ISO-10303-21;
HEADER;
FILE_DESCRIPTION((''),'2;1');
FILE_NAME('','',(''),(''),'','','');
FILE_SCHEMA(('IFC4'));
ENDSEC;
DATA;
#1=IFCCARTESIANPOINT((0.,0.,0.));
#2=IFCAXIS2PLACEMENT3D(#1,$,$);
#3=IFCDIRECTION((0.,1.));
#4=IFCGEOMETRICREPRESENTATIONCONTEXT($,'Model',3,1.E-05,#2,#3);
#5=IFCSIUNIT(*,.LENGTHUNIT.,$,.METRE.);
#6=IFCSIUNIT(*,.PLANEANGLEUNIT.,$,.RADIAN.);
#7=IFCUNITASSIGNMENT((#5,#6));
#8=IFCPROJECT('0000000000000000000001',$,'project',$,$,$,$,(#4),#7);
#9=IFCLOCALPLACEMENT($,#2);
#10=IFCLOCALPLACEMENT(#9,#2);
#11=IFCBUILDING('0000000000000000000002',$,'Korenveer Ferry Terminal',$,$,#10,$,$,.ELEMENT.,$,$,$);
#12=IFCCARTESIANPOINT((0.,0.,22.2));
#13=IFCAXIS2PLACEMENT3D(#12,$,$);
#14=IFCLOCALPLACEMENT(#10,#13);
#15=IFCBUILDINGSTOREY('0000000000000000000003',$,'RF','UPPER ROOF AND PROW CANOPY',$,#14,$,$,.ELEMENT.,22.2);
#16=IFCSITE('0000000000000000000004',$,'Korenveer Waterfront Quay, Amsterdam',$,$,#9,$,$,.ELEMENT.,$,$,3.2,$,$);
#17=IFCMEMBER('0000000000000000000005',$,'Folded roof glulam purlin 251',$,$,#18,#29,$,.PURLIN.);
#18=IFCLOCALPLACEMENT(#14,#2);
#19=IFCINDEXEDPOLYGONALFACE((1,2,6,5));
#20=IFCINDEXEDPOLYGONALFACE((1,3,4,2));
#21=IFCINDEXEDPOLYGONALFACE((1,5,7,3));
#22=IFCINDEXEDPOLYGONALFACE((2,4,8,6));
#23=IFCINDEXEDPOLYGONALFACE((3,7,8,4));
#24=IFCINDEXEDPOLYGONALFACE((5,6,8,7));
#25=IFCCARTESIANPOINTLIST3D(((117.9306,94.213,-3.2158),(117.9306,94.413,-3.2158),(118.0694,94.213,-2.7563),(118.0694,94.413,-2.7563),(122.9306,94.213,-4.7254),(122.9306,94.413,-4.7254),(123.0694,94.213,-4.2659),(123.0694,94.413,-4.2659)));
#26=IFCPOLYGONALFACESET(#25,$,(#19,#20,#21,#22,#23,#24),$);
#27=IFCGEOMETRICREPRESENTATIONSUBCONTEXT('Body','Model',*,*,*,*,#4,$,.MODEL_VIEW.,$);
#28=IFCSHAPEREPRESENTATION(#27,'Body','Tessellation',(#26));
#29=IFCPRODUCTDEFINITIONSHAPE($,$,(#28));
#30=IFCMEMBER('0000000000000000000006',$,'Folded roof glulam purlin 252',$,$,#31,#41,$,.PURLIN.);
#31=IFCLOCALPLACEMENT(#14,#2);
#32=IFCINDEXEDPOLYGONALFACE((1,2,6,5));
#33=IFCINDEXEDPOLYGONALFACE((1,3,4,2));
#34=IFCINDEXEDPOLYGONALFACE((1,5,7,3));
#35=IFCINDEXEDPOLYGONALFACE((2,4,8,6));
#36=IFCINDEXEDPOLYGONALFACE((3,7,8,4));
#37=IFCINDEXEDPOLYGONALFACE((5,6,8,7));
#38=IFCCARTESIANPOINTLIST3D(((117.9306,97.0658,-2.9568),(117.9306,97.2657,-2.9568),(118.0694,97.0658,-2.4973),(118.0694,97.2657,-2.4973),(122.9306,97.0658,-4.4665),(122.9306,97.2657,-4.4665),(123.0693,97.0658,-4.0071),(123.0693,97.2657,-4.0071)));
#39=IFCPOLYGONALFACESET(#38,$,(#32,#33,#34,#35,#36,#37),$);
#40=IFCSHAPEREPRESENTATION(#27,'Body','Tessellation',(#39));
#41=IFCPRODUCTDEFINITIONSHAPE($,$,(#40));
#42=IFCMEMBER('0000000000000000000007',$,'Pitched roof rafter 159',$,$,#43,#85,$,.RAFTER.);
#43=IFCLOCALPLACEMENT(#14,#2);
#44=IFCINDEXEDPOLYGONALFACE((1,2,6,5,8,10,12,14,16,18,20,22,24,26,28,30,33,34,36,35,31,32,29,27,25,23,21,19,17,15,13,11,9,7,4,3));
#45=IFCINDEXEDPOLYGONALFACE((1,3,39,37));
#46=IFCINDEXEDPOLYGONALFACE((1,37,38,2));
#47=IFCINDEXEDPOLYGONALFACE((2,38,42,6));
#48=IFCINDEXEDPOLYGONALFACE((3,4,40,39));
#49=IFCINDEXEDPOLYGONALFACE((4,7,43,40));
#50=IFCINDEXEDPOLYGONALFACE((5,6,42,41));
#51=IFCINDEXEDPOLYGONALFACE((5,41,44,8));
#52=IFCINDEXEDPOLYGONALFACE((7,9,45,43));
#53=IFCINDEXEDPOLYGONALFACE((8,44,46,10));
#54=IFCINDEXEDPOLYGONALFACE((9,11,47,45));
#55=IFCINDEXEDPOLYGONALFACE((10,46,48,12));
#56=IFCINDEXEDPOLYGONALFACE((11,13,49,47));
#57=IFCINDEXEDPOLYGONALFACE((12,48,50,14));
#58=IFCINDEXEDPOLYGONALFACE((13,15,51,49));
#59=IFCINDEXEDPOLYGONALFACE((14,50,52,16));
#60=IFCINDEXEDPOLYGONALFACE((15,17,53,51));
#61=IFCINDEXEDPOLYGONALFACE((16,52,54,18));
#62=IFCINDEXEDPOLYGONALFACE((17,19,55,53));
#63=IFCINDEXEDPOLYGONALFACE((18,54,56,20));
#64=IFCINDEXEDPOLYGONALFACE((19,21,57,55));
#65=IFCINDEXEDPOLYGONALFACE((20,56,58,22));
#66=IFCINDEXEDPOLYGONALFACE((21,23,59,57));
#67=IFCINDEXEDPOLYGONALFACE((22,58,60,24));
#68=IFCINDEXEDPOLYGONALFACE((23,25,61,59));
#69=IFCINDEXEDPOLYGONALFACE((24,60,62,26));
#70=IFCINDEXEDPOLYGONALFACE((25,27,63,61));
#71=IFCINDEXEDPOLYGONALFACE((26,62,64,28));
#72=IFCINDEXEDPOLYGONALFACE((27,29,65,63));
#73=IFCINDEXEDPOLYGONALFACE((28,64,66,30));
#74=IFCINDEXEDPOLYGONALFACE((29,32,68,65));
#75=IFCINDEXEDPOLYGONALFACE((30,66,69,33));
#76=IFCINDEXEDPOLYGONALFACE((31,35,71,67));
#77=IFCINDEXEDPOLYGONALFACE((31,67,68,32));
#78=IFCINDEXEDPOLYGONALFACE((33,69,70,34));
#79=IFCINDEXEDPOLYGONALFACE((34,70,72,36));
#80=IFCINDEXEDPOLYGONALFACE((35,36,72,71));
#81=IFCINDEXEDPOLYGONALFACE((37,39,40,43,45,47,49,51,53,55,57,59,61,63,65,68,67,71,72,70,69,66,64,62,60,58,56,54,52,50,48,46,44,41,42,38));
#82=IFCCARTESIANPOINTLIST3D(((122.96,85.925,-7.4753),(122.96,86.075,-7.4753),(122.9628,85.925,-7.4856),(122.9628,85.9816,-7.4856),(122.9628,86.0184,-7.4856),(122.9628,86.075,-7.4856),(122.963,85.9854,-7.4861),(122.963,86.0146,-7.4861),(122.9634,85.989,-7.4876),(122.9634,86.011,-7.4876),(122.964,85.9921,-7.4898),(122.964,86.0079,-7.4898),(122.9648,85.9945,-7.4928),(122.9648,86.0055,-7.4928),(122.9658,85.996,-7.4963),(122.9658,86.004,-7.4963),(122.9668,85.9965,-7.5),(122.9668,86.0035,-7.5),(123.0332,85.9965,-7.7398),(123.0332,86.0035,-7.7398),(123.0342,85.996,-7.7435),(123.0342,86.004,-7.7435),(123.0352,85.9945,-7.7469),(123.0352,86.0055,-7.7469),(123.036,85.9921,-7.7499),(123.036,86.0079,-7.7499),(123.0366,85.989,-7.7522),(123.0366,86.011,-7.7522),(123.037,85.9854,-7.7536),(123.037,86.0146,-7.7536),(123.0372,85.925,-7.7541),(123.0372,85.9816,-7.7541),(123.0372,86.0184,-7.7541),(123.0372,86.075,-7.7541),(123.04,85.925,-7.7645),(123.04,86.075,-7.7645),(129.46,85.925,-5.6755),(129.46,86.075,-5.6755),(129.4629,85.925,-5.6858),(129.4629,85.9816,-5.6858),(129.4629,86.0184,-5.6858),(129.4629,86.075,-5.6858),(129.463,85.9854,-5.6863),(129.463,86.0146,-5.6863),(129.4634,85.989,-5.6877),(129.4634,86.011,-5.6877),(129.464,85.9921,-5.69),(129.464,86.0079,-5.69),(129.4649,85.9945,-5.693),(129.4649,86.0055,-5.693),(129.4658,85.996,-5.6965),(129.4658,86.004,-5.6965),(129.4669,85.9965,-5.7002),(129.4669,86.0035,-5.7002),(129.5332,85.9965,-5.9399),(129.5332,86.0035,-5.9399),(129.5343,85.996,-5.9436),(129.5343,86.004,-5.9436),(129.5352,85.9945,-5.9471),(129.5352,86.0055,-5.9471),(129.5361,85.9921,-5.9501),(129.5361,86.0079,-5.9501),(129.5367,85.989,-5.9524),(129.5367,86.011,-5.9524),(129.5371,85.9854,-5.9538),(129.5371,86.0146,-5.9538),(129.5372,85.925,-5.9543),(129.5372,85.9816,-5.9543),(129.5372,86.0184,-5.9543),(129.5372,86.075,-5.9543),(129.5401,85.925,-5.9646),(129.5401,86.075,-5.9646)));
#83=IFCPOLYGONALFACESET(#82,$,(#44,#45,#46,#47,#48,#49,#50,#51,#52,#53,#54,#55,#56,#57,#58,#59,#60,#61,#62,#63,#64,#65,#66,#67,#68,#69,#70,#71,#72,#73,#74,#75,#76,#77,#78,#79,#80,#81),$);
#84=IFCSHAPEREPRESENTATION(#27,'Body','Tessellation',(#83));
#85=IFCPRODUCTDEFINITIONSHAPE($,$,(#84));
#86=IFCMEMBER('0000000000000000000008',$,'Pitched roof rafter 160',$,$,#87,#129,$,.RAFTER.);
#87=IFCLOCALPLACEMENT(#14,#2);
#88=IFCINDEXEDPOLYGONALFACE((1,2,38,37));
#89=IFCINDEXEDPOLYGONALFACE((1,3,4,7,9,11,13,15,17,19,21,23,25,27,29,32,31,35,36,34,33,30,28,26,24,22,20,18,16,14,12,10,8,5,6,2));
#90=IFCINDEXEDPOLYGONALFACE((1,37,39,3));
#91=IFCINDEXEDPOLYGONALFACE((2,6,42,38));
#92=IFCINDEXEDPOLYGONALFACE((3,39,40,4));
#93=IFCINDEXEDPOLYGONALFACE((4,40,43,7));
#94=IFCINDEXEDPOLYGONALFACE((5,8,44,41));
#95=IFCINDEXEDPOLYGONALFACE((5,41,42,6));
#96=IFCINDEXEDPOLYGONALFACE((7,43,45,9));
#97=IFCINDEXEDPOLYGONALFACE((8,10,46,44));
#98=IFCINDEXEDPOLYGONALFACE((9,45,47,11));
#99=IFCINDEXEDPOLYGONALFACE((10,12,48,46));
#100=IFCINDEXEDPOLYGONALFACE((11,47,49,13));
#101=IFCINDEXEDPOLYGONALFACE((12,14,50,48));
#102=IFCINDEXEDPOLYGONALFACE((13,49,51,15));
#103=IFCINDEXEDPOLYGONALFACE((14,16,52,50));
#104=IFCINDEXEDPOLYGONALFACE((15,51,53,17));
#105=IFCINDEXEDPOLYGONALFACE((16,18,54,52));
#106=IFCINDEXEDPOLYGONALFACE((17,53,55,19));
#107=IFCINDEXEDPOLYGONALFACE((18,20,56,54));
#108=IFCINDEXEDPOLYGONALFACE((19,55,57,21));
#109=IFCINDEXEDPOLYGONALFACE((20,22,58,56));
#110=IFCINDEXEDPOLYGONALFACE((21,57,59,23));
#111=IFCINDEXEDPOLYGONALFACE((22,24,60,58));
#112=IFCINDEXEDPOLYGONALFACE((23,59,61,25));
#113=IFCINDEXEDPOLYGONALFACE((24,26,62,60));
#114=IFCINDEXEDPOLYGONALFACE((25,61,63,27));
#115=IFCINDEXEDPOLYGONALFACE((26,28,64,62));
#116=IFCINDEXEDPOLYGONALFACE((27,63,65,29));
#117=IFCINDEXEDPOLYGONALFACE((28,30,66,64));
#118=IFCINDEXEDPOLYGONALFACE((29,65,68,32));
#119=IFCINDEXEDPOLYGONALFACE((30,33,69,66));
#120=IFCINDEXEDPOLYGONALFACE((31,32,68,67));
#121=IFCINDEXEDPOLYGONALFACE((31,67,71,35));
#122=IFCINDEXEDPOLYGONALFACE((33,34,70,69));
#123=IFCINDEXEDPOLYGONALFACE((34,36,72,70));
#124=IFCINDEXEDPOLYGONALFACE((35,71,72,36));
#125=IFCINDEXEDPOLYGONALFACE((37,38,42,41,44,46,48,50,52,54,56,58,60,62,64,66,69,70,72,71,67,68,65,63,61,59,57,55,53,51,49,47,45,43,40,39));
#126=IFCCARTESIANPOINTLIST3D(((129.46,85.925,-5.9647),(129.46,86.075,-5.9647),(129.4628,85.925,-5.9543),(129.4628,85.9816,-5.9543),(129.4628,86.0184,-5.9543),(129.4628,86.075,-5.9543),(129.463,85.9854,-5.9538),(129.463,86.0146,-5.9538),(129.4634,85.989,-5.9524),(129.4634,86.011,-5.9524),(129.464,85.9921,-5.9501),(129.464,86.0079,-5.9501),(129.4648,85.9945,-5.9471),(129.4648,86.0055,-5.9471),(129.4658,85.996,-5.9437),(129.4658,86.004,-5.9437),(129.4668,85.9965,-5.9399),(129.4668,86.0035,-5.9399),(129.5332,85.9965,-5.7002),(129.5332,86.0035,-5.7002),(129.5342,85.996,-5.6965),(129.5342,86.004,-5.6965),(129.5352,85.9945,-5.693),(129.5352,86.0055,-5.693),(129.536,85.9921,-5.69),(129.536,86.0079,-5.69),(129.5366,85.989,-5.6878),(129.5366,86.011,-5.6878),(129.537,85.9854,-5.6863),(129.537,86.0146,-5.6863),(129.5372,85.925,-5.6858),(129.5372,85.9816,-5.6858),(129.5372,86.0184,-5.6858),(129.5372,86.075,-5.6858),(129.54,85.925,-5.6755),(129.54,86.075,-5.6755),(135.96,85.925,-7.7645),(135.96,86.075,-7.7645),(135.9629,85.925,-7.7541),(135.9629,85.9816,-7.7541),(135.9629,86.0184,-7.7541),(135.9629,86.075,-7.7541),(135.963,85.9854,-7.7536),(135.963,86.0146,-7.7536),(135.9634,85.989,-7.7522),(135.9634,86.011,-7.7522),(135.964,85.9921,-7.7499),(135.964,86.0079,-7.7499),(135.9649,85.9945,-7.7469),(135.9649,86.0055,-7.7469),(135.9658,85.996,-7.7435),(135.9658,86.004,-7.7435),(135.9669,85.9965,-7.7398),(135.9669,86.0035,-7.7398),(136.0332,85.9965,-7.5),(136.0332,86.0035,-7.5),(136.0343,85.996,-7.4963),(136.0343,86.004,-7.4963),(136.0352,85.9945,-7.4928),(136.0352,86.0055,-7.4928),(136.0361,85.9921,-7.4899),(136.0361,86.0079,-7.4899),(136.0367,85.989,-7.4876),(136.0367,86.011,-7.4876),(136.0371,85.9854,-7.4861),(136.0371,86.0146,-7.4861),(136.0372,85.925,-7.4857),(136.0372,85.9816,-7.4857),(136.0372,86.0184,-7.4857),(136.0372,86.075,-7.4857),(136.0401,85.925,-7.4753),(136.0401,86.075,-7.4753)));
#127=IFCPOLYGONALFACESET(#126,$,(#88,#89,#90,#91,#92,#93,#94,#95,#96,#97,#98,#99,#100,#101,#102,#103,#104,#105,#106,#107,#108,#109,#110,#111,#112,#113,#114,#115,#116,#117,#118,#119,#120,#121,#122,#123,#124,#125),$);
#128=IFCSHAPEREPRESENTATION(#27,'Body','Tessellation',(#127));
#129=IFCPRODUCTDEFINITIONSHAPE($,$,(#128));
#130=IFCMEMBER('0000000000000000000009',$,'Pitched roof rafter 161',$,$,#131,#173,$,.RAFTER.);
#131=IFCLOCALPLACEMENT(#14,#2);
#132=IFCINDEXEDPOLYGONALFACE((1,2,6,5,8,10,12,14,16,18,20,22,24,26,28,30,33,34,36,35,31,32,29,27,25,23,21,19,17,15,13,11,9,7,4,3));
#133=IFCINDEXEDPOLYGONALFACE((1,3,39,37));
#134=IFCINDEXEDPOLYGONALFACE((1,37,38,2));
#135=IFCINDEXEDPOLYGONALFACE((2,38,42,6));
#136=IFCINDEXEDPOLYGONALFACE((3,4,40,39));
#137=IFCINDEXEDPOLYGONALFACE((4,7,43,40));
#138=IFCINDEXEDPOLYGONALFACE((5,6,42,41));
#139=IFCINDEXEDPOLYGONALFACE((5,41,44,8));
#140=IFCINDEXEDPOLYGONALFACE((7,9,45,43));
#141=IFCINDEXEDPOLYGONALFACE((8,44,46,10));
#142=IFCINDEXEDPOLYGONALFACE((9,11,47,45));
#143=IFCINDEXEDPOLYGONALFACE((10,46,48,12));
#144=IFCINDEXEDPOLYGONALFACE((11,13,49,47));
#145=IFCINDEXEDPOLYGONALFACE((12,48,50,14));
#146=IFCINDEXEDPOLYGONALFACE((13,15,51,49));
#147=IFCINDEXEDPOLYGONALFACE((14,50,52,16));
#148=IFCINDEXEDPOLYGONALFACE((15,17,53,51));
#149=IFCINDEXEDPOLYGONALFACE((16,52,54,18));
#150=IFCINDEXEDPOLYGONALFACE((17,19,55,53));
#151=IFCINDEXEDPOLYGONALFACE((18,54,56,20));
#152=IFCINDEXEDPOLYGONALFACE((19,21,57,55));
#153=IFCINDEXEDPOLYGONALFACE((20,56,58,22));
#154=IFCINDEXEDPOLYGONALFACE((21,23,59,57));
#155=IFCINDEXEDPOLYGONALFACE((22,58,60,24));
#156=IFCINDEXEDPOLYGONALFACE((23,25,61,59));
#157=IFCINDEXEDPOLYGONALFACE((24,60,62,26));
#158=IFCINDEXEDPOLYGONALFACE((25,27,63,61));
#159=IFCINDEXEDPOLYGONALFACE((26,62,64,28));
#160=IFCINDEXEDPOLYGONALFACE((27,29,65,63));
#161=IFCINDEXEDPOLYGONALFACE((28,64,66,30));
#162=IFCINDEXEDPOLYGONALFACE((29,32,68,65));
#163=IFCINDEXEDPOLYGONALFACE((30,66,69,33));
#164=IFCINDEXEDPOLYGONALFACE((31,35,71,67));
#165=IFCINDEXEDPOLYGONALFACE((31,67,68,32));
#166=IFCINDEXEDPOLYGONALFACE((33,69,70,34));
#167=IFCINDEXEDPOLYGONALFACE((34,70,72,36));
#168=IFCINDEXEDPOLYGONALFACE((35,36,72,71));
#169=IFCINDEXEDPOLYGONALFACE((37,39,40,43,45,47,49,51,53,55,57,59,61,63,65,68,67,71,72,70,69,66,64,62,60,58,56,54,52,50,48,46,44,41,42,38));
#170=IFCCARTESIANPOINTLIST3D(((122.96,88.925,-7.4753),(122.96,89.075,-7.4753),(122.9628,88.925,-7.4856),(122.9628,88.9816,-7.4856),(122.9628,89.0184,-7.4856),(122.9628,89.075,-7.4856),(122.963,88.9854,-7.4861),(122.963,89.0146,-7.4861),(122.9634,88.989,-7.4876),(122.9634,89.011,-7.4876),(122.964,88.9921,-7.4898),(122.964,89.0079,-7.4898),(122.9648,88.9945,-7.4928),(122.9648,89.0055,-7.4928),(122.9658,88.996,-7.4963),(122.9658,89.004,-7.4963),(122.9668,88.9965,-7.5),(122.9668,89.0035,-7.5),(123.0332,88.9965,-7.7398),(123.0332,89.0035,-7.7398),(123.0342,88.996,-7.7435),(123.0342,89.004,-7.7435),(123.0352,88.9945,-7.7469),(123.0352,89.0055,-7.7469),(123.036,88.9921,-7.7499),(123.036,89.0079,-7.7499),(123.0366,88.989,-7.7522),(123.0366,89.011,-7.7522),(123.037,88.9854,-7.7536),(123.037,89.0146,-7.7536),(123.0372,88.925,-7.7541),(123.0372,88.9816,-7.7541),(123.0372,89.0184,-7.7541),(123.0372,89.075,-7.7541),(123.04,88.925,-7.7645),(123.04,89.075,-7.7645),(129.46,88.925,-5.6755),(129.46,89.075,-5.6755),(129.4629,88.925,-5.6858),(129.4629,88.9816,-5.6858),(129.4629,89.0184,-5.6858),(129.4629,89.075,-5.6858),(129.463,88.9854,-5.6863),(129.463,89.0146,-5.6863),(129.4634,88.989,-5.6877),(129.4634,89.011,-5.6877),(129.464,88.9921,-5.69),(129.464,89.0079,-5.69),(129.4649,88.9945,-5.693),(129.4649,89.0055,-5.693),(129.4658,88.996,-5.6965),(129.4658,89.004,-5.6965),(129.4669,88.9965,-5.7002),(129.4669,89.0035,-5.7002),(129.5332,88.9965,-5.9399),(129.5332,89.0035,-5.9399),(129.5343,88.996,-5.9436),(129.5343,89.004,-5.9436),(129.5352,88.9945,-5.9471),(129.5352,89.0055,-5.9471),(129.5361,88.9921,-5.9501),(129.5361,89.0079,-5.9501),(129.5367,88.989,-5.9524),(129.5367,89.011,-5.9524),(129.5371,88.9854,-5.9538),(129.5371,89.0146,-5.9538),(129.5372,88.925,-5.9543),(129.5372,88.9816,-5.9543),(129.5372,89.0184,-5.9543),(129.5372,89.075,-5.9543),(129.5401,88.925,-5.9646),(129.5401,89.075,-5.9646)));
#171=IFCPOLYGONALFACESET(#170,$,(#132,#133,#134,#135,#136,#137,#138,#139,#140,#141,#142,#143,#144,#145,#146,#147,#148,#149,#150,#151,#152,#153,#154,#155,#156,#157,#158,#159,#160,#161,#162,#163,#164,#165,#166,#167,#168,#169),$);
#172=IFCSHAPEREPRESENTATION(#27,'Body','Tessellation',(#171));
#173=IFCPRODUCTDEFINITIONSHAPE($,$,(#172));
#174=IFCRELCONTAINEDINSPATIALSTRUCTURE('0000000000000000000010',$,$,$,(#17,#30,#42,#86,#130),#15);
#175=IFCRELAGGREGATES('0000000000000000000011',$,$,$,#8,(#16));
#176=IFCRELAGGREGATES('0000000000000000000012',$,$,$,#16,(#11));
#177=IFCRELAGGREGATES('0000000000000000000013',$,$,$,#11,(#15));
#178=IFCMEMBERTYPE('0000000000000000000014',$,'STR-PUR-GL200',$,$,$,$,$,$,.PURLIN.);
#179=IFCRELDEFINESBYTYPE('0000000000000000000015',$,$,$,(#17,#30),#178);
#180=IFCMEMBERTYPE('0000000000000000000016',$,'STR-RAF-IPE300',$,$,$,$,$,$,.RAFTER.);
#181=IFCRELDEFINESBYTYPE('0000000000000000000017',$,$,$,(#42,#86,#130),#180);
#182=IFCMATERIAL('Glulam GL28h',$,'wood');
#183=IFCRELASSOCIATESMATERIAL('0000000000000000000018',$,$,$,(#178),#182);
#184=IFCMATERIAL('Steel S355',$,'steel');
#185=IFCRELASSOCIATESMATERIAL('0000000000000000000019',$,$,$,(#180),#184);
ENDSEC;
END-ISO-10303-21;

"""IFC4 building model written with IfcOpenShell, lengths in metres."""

from ifc_helpers import new_model, si_unit, direction, frame, origin, origin_2d, place, context, subcontext, project, spatial, rectangle, i_section, extrude, material, material_profile, profile_set, type_object, element, save


model = new_model("IFC4")

# Units and contexts
model_context = context("Model", 3, precision=1e-05, world=origin(), true_north=direction((0.0, 1.0)))
body_context = subcontext(model_context, "Body", "Model", "MODEL_VIEW")
ifc_project = project(units=[si_unit("LENGTHUNIT", "METRE"), si_unit("PLANEANGLEUNIT", "RADIAN")], contexts=[model_context])

# Site, building, storey
site_placement = place(None, origin())
site = spatial("IfcSite", under=ifc_project, at=site_placement, Name="Korenveer Waterfront Quay, Amsterdam", CompositionType="ELEMENT", RefElevation=3.2)
building_placement = place(site_placement, origin())
building = spatial("IfcBuilding", under=site, at=building_placement, Name="Korenveer Ferry Terminal", CompositionType="ELEMENT")
storey_placement = place(building_placement, frame((0.0, 0.0, 22.2)))
storey = spatial("IfcBuildingStorey", under=building, at=storey_placement, Name="RF", Description="UPPER ROOF AND PROW CANOPY", CompositionType="ELEMENT", Elevation=22.2)

# Shared definitions
ifc_material_1 = material(Name="Steel S355", Category="steel")

# Members
ifc_material_2 = material(Name="Glulam GL28h", Category="wood")
ifc_material_profile_1 = material_profile(ifc_material_2, rectangle(XDim=0.2, YDim=0.48, at=origin_2d()), Name="GL 200x480")
ifc_profile_set_1 = profile_set([ifc_material_profile_1], Name="Glulam GL28h")
member_type_1 = type_object("IfcMemberType", Name="STR-PUR-GL200", PredefinedType="PURLIN", material=ifc_profile_set_1)
for number, where, z_axis, x_axis, name in (
    (1, (118.0, 94.313, -2.9861), (0.957323, 0.0, -0.28902), (0.0, 1.0, 0.0), "Folded roof glulam purlin 251"),
    (2, (118.0, 97.1658, -2.7271), (0.95731, 0.0, -0.289063), (0.0, 1.0, 0.0), "Folded roof glulam purlin 252"),
):
    element("IfcMember", number, at=place(storey_placement, frame(where, z_axis=z_axis, x_axis=x_axis)), inside=storey, type_object=member_type_1, Name=name, PredefinedType="PURLIN", context=body_context, shape_type="SweptSolid", body=[
        extrude(rectangle(XDim=0.2, YDim=0.48, at=origin_2d()), origin(), (0.0, 0.0, 1.0), 5.2229),
    ])
ifc_material_profile_2 = material_profile(ifc_material_1, i_section(OverallWidth=0.1499, OverallDepth=0.3, WebThickness=0.0071, FlangeThickness=0.0107, FilletRadius=0.0149, at=origin_2d()), Name="IPE 300")
ifc_profile_set_2 = profile_set([ifc_material_profile_2], Name="Steel S355")
member_type_2 = type_object("IfcMemberType", Name="STR-RAF-IPE300", PredefinedType="RAFTER", material=ifc_profile_set_2)
for number, where, z_axis, x_axis, name in (
    (3, (123.0, 86.0, -7.6199), (0.963737, 0.0, 0.266852), (0.0, 1.0, 0.0), "Pitched roof rafter 159"),
    (4, (129.5, 86.0, -5.8201), (0.963737, 0.0, -0.266852), (0.0, 1.0, 0.0), "Pitched roof rafter 160"),
    (5, (123.0, 89.0, -7.6199), (0.963737, 0.0, 0.266852), (0.0, 1.0, 0.0), "Pitched roof rafter 161"),
):
    element("IfcMember", number, at=place(storey_placement, frame(where, z_axis=z_axis, x_axis=x_axis)), inside=storey, type_object=member_type_2, Name=name, PredefinedType="RAFTER", context=body_context, shape_type="SweptSolid", body=[
        extrude(i_section(OverallWidth=0.1499, OverallDepth=0.3, WebThickness=0.0071, FlangeThickness=0.0107, FilletRadius=0.0149, at=origin_2d()), origin(), (0.0, 0.0, 1.0), 6.7446),
    ])

save(model, "model.ifc")
